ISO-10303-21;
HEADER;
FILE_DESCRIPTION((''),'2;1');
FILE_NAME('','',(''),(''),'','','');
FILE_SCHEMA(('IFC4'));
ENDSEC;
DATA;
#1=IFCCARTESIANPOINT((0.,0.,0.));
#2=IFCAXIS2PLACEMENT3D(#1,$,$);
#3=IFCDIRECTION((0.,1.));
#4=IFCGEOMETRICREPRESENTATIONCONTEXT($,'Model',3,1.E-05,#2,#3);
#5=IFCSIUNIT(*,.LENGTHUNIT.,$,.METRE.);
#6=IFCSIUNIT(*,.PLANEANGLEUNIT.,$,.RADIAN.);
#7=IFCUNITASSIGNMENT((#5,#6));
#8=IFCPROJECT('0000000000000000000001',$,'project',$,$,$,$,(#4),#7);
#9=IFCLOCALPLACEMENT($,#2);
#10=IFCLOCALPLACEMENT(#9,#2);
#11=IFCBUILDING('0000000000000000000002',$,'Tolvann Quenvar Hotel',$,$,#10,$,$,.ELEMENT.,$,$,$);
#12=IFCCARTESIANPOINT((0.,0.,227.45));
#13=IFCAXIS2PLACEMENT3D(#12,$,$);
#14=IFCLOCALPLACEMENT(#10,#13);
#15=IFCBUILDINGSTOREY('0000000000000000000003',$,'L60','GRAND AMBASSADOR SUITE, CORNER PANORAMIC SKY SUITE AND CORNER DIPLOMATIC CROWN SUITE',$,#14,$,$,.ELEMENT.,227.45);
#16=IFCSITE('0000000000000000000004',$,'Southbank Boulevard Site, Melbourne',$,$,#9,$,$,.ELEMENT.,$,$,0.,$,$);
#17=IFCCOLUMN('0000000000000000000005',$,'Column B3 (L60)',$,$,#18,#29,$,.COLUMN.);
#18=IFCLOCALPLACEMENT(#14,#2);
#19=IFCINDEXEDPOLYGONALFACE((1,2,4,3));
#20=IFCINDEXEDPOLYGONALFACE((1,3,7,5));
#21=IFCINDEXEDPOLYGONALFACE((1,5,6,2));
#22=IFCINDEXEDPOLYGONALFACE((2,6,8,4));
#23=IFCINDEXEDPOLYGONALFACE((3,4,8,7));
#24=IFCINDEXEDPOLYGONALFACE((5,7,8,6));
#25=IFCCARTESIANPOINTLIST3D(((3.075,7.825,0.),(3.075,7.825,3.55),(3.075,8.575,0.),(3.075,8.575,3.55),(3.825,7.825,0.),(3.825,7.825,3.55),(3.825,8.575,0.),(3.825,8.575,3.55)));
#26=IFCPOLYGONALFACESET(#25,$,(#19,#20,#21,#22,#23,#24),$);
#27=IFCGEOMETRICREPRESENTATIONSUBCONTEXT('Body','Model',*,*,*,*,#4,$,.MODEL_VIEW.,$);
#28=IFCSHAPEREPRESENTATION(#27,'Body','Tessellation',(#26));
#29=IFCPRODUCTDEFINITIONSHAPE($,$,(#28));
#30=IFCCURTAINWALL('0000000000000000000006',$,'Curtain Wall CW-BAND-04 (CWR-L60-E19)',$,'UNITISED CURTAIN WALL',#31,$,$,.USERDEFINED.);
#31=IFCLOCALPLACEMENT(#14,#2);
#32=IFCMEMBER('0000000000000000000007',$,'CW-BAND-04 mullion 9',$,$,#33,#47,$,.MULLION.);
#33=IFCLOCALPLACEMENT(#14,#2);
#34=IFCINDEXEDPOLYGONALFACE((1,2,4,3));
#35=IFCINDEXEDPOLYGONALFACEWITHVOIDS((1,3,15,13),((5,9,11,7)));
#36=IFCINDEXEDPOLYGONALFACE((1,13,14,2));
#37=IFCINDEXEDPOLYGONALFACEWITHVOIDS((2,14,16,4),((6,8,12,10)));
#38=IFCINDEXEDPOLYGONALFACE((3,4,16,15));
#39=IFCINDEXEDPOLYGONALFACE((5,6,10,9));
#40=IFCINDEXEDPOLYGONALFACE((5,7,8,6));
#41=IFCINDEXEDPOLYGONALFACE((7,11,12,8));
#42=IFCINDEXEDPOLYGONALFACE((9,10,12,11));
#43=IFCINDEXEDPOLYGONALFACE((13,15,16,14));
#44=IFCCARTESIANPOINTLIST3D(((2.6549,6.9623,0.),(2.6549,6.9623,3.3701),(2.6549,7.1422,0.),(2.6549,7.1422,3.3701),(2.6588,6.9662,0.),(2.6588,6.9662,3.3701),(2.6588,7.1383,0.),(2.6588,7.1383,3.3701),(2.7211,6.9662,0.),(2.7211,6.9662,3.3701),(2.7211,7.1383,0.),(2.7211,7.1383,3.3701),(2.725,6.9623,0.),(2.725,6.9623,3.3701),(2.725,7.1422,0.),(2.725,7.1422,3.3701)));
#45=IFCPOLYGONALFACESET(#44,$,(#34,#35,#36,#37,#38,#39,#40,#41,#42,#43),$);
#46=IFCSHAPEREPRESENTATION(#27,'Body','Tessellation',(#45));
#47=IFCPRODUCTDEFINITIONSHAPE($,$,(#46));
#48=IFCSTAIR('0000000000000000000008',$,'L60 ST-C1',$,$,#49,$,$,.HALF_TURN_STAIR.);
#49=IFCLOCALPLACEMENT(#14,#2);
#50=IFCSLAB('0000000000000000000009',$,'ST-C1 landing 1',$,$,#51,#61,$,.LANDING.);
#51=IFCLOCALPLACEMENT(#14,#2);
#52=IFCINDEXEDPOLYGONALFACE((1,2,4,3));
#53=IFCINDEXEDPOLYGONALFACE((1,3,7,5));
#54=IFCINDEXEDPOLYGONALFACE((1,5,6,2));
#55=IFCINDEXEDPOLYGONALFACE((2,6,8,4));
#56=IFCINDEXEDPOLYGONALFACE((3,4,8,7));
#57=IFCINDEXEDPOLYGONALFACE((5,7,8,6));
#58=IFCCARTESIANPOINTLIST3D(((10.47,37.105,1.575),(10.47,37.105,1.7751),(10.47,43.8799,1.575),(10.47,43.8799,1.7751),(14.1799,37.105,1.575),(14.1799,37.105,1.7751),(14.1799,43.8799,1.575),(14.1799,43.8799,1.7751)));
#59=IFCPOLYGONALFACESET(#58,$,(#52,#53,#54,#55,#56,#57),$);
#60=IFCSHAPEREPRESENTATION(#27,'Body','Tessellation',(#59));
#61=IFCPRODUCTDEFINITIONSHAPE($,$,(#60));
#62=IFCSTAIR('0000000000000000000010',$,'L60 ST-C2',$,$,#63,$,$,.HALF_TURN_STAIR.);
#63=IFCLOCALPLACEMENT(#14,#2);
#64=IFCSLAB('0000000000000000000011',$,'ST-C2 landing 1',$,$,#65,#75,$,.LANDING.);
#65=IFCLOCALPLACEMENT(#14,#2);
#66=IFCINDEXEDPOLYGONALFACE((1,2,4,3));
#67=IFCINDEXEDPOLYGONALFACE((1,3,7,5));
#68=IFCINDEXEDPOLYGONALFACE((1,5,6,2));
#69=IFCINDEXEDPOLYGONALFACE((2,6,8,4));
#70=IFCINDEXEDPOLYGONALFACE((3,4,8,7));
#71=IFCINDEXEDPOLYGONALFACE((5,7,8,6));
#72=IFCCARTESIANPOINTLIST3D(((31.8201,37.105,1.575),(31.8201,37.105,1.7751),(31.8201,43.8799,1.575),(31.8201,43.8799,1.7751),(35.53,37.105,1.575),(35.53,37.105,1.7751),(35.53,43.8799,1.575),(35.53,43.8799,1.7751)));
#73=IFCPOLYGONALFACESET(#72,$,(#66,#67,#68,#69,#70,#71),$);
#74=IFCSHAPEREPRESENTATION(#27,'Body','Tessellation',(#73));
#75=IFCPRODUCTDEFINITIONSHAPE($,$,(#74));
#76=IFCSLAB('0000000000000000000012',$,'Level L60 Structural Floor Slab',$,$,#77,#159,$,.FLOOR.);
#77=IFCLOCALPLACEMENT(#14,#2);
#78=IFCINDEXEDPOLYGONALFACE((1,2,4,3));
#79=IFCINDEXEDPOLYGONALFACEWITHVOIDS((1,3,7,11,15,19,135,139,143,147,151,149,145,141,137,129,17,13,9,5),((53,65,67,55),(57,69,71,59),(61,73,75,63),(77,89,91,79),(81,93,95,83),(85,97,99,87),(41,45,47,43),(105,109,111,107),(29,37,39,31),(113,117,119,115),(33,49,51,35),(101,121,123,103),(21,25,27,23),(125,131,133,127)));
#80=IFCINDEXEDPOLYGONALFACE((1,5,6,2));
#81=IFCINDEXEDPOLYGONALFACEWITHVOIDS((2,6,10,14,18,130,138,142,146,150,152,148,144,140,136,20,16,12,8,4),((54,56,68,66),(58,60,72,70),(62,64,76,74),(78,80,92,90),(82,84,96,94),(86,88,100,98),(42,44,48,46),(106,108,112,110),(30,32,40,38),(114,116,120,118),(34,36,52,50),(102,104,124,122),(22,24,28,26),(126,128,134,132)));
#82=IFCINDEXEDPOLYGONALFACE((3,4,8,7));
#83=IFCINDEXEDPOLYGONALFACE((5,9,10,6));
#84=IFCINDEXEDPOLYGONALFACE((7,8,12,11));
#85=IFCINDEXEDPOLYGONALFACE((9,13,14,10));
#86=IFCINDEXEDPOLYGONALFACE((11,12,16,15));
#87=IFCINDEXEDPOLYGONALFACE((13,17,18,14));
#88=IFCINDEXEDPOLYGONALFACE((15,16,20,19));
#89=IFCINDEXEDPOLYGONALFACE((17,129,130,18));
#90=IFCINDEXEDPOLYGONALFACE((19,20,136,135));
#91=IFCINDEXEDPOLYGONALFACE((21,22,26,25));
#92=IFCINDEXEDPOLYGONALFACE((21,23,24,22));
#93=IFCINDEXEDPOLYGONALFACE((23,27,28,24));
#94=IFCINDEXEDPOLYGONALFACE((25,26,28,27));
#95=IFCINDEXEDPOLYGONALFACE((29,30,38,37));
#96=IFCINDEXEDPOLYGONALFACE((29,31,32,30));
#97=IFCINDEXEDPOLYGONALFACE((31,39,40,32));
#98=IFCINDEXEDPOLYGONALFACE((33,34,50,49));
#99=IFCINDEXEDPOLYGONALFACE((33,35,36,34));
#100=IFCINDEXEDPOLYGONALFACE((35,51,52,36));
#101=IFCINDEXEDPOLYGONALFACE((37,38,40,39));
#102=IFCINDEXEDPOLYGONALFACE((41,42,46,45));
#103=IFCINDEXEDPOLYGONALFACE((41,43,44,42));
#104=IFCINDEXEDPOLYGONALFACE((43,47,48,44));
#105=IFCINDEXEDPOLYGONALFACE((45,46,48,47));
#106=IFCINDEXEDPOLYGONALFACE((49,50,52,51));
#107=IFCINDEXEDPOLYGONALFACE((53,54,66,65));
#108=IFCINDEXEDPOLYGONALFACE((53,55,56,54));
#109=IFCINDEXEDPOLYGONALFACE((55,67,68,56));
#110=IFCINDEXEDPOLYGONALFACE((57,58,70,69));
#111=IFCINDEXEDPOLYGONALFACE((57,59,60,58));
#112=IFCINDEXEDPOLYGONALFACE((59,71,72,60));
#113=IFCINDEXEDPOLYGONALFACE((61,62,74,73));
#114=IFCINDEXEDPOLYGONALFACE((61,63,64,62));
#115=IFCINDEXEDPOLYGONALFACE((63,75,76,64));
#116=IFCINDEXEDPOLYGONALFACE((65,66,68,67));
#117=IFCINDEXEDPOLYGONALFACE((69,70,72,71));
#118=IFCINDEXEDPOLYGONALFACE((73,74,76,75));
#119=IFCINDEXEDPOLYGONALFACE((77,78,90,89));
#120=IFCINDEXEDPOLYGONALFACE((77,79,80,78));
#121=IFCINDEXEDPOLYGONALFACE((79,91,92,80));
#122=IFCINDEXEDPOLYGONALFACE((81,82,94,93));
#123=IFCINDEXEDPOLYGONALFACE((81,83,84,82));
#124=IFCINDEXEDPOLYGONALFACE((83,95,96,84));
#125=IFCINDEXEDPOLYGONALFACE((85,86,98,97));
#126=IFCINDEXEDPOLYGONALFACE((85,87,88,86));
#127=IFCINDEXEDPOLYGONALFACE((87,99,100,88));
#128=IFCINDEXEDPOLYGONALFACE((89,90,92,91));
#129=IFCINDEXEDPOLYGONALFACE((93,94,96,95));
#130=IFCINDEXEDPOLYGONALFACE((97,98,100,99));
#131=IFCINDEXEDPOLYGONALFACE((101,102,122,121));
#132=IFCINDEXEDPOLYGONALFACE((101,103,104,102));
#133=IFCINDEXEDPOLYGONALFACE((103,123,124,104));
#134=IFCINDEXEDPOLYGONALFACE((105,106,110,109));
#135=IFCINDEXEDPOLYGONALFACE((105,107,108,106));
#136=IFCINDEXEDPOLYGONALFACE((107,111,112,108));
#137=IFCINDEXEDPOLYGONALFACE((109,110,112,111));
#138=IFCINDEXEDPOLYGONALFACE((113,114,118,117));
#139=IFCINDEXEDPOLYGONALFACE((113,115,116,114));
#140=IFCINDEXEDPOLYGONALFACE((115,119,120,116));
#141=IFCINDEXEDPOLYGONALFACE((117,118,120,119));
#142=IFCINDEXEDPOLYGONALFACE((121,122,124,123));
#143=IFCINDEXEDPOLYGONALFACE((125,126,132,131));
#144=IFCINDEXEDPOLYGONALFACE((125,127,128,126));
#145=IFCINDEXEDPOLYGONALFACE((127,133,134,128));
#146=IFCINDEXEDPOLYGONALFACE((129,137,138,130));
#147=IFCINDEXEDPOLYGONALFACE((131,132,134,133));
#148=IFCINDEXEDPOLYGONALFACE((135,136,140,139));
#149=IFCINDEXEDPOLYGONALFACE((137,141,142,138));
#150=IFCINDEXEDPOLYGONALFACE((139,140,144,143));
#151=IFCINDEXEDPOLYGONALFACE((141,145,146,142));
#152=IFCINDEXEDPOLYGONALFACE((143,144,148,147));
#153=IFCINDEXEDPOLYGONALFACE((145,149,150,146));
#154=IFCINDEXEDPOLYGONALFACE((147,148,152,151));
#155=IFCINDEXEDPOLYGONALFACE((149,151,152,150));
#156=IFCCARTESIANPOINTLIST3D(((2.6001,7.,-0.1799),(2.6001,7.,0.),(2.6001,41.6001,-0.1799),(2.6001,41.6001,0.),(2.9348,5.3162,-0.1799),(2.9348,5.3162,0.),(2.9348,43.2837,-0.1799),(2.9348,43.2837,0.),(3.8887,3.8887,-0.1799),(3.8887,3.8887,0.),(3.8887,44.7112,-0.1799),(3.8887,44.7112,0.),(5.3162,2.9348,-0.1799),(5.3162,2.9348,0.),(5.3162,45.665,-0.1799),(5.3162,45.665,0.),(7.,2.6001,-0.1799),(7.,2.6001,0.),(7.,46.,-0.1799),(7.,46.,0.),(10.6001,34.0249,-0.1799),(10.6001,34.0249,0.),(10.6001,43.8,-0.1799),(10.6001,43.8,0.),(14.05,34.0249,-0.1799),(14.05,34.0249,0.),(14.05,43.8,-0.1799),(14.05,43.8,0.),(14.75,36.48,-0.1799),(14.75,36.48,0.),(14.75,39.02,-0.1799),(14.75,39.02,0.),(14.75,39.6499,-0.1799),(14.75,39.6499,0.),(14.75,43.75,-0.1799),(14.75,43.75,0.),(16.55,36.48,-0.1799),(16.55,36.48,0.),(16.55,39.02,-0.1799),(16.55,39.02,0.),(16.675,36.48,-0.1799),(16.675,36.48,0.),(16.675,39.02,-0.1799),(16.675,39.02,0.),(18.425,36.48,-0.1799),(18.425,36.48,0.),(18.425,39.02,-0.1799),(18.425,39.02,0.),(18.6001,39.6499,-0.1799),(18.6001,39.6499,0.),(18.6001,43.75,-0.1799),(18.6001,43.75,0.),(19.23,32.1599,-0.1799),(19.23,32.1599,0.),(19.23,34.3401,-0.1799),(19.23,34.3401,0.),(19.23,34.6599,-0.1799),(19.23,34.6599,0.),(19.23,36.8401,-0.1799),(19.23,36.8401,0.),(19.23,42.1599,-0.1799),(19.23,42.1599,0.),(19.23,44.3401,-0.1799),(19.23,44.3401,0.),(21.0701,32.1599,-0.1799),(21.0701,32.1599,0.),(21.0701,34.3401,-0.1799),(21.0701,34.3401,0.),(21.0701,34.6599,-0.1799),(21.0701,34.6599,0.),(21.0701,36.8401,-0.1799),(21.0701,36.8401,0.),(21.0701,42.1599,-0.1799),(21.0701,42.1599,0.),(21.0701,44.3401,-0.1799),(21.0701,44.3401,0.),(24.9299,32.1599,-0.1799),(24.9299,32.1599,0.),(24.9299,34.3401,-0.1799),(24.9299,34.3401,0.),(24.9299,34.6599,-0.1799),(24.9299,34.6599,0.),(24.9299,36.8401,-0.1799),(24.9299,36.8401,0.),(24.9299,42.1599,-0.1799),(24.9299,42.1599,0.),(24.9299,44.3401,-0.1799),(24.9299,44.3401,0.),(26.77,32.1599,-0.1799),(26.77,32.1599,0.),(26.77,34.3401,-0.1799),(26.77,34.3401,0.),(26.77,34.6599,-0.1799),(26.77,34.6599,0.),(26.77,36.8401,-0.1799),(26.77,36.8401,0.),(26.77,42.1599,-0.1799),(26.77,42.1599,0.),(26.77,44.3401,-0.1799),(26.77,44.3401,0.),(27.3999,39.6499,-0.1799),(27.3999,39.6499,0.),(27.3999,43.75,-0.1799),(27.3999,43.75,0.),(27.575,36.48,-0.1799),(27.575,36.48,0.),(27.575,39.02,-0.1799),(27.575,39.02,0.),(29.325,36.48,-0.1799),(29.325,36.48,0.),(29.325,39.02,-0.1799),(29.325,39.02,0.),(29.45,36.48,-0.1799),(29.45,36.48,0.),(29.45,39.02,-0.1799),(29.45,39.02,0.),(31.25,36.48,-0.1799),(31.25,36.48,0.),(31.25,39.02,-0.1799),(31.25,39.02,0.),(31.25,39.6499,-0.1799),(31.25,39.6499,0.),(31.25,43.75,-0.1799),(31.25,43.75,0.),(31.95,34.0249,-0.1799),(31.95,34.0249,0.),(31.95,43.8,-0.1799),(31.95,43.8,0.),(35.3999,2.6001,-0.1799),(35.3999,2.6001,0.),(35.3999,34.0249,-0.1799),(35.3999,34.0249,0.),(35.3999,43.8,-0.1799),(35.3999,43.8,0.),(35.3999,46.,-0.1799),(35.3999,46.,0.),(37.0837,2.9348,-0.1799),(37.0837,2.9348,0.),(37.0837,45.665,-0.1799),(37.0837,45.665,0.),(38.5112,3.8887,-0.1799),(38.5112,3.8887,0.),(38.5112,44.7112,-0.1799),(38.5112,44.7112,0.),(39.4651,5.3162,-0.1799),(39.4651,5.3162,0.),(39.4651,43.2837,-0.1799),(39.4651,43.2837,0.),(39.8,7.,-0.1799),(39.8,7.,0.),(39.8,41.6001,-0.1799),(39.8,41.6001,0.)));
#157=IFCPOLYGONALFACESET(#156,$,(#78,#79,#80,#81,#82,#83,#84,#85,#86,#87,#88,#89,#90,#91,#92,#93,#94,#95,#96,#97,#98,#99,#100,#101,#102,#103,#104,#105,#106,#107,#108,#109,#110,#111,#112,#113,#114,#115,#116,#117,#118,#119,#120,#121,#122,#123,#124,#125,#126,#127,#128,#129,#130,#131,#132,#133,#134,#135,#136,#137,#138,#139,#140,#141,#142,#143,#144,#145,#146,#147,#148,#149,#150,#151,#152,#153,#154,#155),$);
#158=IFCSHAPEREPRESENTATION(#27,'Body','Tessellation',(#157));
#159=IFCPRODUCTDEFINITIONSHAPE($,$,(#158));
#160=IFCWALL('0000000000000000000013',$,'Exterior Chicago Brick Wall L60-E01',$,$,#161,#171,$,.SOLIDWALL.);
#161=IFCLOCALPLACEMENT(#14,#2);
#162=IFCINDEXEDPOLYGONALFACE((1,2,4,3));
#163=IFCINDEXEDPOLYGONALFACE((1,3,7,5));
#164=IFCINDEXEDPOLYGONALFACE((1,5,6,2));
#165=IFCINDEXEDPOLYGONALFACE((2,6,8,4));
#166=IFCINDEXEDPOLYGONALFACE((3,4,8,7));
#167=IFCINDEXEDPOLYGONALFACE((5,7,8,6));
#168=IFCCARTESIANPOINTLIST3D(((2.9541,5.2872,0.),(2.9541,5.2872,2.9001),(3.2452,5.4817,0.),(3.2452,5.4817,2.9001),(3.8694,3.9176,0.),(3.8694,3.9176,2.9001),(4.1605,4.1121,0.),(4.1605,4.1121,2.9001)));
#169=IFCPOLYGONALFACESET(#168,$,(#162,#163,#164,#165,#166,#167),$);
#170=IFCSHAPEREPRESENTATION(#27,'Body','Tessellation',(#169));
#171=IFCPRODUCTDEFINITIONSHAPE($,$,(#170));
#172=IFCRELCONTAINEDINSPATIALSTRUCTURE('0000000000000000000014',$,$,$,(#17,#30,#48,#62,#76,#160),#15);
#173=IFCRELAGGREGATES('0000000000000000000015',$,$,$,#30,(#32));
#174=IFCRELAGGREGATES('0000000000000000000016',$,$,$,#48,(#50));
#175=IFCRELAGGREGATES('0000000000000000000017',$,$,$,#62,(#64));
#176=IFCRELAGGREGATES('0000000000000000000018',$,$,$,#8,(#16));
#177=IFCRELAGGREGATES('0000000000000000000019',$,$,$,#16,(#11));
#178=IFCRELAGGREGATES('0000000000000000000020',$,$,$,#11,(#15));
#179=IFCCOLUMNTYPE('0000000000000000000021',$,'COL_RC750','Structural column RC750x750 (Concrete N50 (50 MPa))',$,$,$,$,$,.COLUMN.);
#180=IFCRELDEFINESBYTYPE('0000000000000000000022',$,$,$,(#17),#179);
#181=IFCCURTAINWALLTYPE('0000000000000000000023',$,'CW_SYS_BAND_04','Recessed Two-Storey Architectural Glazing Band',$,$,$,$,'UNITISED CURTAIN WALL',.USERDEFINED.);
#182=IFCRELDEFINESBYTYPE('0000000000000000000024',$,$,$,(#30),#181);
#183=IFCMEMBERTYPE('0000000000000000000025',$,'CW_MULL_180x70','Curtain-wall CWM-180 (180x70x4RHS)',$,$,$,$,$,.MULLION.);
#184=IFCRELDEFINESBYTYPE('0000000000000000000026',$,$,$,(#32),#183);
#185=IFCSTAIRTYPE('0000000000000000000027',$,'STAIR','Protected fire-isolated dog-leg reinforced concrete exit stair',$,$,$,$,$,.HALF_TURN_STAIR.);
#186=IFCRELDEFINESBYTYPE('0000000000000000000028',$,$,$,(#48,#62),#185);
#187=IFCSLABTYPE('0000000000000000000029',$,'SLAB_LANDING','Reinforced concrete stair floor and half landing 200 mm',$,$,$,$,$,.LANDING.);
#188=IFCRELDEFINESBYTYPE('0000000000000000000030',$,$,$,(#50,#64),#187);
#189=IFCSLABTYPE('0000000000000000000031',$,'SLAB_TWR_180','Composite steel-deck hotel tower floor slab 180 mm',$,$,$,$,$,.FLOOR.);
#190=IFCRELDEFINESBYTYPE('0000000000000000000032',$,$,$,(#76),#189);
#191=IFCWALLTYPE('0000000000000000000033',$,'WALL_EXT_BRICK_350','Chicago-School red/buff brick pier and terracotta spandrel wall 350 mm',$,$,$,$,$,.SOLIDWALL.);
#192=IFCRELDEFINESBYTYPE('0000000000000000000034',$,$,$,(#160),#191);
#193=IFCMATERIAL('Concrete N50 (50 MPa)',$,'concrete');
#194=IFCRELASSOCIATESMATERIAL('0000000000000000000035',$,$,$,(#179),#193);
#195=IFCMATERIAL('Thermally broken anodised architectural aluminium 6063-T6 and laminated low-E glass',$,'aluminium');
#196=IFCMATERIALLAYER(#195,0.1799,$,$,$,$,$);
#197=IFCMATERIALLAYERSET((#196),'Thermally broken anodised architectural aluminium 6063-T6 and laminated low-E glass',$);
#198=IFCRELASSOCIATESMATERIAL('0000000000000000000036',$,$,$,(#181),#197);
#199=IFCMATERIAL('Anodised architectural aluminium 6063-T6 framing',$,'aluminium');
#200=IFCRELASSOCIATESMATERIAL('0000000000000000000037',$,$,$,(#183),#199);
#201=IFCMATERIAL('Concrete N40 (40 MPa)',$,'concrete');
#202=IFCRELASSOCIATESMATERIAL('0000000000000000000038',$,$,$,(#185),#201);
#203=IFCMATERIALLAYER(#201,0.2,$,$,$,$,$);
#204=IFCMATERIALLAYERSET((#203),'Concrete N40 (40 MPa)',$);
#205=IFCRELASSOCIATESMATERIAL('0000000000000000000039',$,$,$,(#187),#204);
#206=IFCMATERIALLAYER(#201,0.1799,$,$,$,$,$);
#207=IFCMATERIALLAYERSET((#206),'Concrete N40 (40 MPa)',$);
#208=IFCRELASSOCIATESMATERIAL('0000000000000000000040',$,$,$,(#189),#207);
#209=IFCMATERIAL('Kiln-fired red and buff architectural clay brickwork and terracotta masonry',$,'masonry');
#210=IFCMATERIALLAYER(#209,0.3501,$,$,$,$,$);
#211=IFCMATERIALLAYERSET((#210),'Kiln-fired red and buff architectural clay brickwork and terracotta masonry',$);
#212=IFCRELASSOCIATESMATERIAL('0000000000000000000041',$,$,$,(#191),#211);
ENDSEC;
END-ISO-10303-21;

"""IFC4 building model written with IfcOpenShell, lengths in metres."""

from ifc_helpers import new_model, si_unit, direction, frame, frame_2d, origin, origin_2d, place, context, subcontext, project, spatial, polyline, rectangle, hollow_rectangle, outline, extrude, source, transform, mapped, material, layer, layer_set, material_profile, profile_set, type_object, type_shapes, element, aggregate, save


model = new_model("IFC4")

# Units and contexts
model_context = context("Model", 3, precision=1e-05, world=origin(), true_north=direction((0.0, 1.0)))
body_context = subcontext(model_context, "Body", "Model", "MODEL_VIEW")
ifc_project = project(units=[si_unit("LENGTHUNIT", "METRE"), si_unit("PLANEANGLEUNIT", "RADIAN")], contexts=[model_context])

# Site, building, storey
site_placement = place(None, origin())
site = spatial("IfcSite", under=ifc_project, at=site_placement, Name="Southbank Boulevard Site, Melbourne", CompositionType="ELEMENT", RefElevation=0.0)
building_placement = place(site_placement, origin())
building = spatial("IfcBuilding", under=site, at=building_placement, Name="Tolvann Quenvar Hotel", CompositionType="ELEMENT")
storey_placement = place(building_placement, frame((0.0, 0.0, 227.45)))
storey = spatial("IfcBuildingStorey", under=building, at=storey_placement, Name="L60", Description="GRAND AMBASSADOR SUITE, CORNER PANORAMIC SKY SUITE AND CORNER DIPLOMATIC CROWN SUITE", CompositionType="ELEMENT", Elevation=227.45)

# Column
ifc_material_1 = material(Name="Concrete N50 (50 MPa)", Category="concrete")
ifc_material_profile_1 = material_profile(ifc_material_1, rectangle(XDim=0.75, YDim=0.75, at=origin_2d()), Name="RC750x750")
ifc_profile_set_1 = profile_set([ifc_material_profile_1], Name="Concrete N50 (50 MPa)")
column_type = type_object("IfcColumnType", Name="COL_RC750", Description="Structural column RC750x750 (Concrete N50 (50 MPa))", PredefinedType="COLUMN", material=ifc_profile_set_1)
shared_shape_1 = source(origin(), body_context, "Body", "SweptSolid", [
    extrude(rectangle(XDim=0.75, YDim=0.75, at=origin_2d()), origin(), (0.0, 0.0, 1.0), 3.55),
])
type_shapes(column_type, [shared_shape_1])
column_placement = place(storey_placement, frame((3.45, 8.2, 0.0), z_axis=(0.0, 0.0, 1.0), x_axis=(1.0, 0.0, 0.0)))
element("IfcColumn", 1, at=column_placement, inside=storey, type_object=column_type, Name="Column B3 (L60)", PredefinedType="COLUMN", context=body_context, shape_type="MappedRepresentation", body=[
    mapped(shared_shape_1, transform((0.0, 0.0, 0.0), x_axis=(1.0, 0.0, 0.0), y_axis=(0.0, 1.0, 0.0), z_axis=(0.0, 0.0, 1.0), scale=1.0)),
])

# Curtain wall, member
ifc_material_2 = material(Name="Thermally broken anodised architectural aluminium 6063-T6 and laminated low-E glass", Category="aluminium")
ifc_layer_1 = layer(ifc_material_2, 0.1799)
ifc_layer_set_1 = layer_set([ifc_layer_1], Name="Thermally broken anodised architectural aluminium 6063-T6 and laminated low-E glass")
curtain_wall_type = type_object("IfcCurtainWallType", Name="CW_SYS_BAND_04", Description="Recessed Two-Storey Architectural Glazing Band", ElementType="UNITISED CURTAIN WALL", PredefinedType="USERDEFINED", material=ifc_layer_set_1)
curtain_wall_placement = place(storey_placement, origin())
curtain_wall = element("IfcCurtainWall", 2, at=curtain_wall_placement, inside=storey, type_object=curtain_wall_type, Name="Curtain Wall CW-BAND-04 (CWR-L60-E19)", ObjectType="UNITISED CURTAIN WALL", PredefinedType="USERDEFINED")
ifc_material_3 = material(Name="Anodised architectural aluminium 6063-T6 framing", Category="aluminium")
ifc_material_profile_2 = material_profile(ifc_material_3, hollow_rectangle(XDim=0.0701, YDim=0.1799, WallThickness=0.0039, at=origin_2d()), Name="180x70x4RHS")
ifc_profile_set_2 = profile_set([ifc_material_profile_2], Name="Anodised architectural aluminium 6063-T6 framing")
member_type = type_object("IfcMemberType", Name="CW_MULL_180x70", Description="Curtain-wall CWM-180 (180x70x4RHS)", PredefinedType="MULLION", material=ifc_profile_set_2)
shared_shape_2 = source(origin(), body_context, "Body", "SweptSolid", [
    extrude(hollow_rectangle(XDim=0.0701, YDim=0.1799, WallThickness=0.0039, at=origin_2d()), origin(), (0.0, 0.0, 1.0), 3.3701),
])
type_shapes(member_type, [shared_shape_2])
member_placement = place(storey_placement, frame((2.6899, 7.0522, 0.0), z_axis=(0.0, 0.0, 1.0), x_axis=(1.0, 0.0, 0.0)))
member = element("IfcMember", 3, at=member_placement, type_object=member_type, Name="CW-BAND-04 mullion 9", PredefinedType="MULLION", context=body_context, shape_type="MappedRepresentation", body=[
    mapped(shared_shape_2, transform((0.0, 0.0, 0.0), x_axis=(1.0, 0.0, 0.0), y_axis=(0.0, 1.0, 0.0), z_axis=(0.0, 0.0, 1.0), scale=1.0)),
])
aggregate(curtain_wall, [member])

# Stairs, slabs
ifc_material_4 = material(Name="Concrete N40 (40 MPa)", Category="concrete")
stair_type = type_object("IfcStairType", Name="STAIR", Description="Protected fire-isolated dog-leg reinforced concrete exit stair", PredefinedType="HALF_TURN_STAIR", material=ifc_material_4)
stair_1_placement = place(storey_placement, origin())
stair_1 = element("IfcStair", 4, at=stair_1_placement, inside=storey, type_object=stair_type, Name="L60 ST-C1", PredefinedType="HALF_TURN_STAIR")
ifc_layer_2 = layer(ifc_material_4, 0.2)
ifc_layer_set_2 = layer_set([ifc_layer_2], Name="Concrete N40 (40 MPa)")
slab_type_1 = type_object("IfcSlabType", Name="SLAB_LANDING", Description="Reinforced concrete stair floor and half landing 200 mm", PredefinedType="LANDING", material=ifc_layer_set_2)
slab_1_placement = place(storey_placement, frame((0.0, 0.0, 1.575)))
slab_1 = element("IfcSlab", 5, at=slab_1_placement, type_object=slab_type_1, Name="ST-C1 landing 1", PredefinedType="LANDING", context=body_context, shape_type="SweptSolid", body=[
    extrude(outline(polyline([(14.1799, 37.105), (14.1799, 43.8799), (10.47, 43.8799), (10.47, 37.105), (14.1799, 37.105)])), origin(), (0.0, 0.0, 1.0), 0.2002),
])
aggregate(stair_1, [slab_1])
stair_2_placement = place(storey_placement, origin())
stair_2 = element("IfcStair", 6, at=stair_2_placement, inside=storey, type_object=stair_type, Name="L60 ST-C2", PredefinedType="HALF_TURN_STAIR")
slab_2_placement = place(storey_placement, frame((0.0, 0.0, 1.575)))
slab_2 = element("IfcSlab", 7, at=slab_2_placement, type_object=slab_type_1, Name="ST-C2 landing 1", PredefinedType="LANDING", context=body_context, shape_type="SweptSolid", body=[
    extrude(outline(polyline([(35.53, 37.105), (35.53, 43.8799), (31.8201, 43.8799), (31.8201, 37.105), (35.53, 37.105)])), origin(), (0.0, 0.0, 1.0), 0.2002),
])
aggregate(stair_2, [slab_2])

# Slab
ifc_layer_3 = layer(ifc_material_4, 0.1799)
ifc_layer_set_3 = layer_set([ifc_layer_3], Name="Concrete N40 (40 MPa)")
slab_type_2 = type_object("IfcSlabType", Name="SLAB_TWR_180", Description="Composite steel-deck hotel tower floor slab 180 mm", PredefinedType="FLOOR", material=ifc_layer_set_3)
slab_3_placement = place(storey_placement, frame((0.0, 0.0, -0.1799)))
element("IfcSlab", 8, at=slab_3_placement, inside=storey, type_object=slab_type_2, Name="Level L60 Structural Floor Slab", PredefinedType="FLOOR", context=body_context, shape_type="SweptSolid", body=[
    extrude(outline(polyline([(2.6001, 7.0), (2.9348, 5.3162), (3.8887, 3.8887), (5.3162, 2.9348), (7.0, 2.6001), (35.3999, 2.6001), (37.0837, 2.9348), (38.5112, 3.8887), (39.4651, 5.3162), (39.8, 7.0), (39.8, 41.6001), (39.4651, 43.2837), (38.5112, 44.7112), (37.0837, 45.665), (35.3999, 46.0), (7.0, 46.0), (5.3162, 45.665), (3.8887, 44.7112), (2.9348, 43.2837), (2.6001, 41.6001), (2.6001, 7.0)]), holes=[polyline([(31.95, 34.0249), (31.95, 43.8), (35.3999, 43.8), (35.3999, 34.0249), (31.95, 34.0249)]), polyline([(27.3999, 43.75), (31.25, 43.75), (31.25, 39.6499), (27.3999, 39.6499), (27.3999, 43.75)]), polyline([(29.45, 39.02), (31.25, 39.02), (31.25, 36.48), (29.45, 36.48), (29.45, 39.02)]), polyline([(27.575, 39.02), (29.325, 39.02), (29.325, 36.48), (27.575, 36.48), (27.575, 39.02)]), polyline([(24.9299, 36.8401), (26.77, 36.8401), (26.77, 34.6599), (24.9299, 34.6599), (24.9299, 36.8401)]), polyline([(24.9299, 44.3401), (26.77, 44.3401), (26.77, 42.1599), (24.9299, 42.1599), (24.9299, 44.3401)]), polyline([(24.9299, 32.1599), (24.9299, 34.3401), (26.77, 34.3401), (26.77, 32.1599), (24.9299, 32.1599)]), polyline([(19.23, 36.8401), (21.0701, 36.8401), (21.0701, 34.6599), (19.23, 34.6599), (19.23, 36.8401)]), polyline([(19.23, 44.3401), (21.0701, 44.3401), (21.0701, 42.1599), (19.23, 42.1599), (19.23, 44.3401)]), polyline([(19.23, 32.1599), (19.23, 34.3401), (21.0701, 34.3401), (21.0701, 32.1599), (19.23, 32.1599)]), polyline([(14.75, 43.75), (18.6001, 43.75), (18.6001, 39.6499), (14.75, 39.6499), (14.75, 43.75)]), polyline([(16.675, 39.02), (18.425, 39.02), (18.425, 36.48), (16.675, 36.48), (16.675, 39.02)]), polyline([(14.75, 39.02), (16.55, 39.02), (16.55, 36.48), (14.75, 36.48), (14.75, 39.02)]), polyline([(10.6001, 34.0249), (10.6001, 43.8), (14.05, 43.8), (14.05, 34.0249), (10.6001, 34.0249)])]), origin(), (0.0, 0.0, 1.0), 0.1799),
])

# Wall
ifc_material_5 = material(Name="Kiln-fired red and buff architectural clay brickwork and terracotta masonry", Category="masonry")
ifc_layer_4 = layer(ifc_material_5, 0.3501)
ifc_layer_set_4 = layer_set([ifc_layer_4], Name="Kiln-fired red and buff architectural clay brickwork and terracotta masonry")
wall_type_1 = type_object("IfcWallType", Name="WALL_EXT_BRICK_350", Description="Chicago-School red/buff brick pier and terracotta spandrel wall 350 mm", PredefinedType="SOLIDWALL", material=ifc_layer_set_4)
wall_1_placement = place(storey_placement, frame((3.0996, 5.3845, 0.0), z_axis=(0.0, 0.0, 1.0), x_axis=(0.555623, -0.831434, 0.0)))
element("IfcWall", 9, at=wall_1_placement, inside=storey, type_object=wall_type_1, Name="Exterior Chicago Brick Wall L60-E01", PredefinedType="SOLIDWALL", context=body_context, shape_type="SweptSolid", body=[
    extrude(rectangle(XDim=1.6472, YDim=0.3501, at=frame_2d((0.8237, 0.0))), origin(), (0.0, 0.0, 1.0), 2.9001),
])

save(model, "model.ifc")
